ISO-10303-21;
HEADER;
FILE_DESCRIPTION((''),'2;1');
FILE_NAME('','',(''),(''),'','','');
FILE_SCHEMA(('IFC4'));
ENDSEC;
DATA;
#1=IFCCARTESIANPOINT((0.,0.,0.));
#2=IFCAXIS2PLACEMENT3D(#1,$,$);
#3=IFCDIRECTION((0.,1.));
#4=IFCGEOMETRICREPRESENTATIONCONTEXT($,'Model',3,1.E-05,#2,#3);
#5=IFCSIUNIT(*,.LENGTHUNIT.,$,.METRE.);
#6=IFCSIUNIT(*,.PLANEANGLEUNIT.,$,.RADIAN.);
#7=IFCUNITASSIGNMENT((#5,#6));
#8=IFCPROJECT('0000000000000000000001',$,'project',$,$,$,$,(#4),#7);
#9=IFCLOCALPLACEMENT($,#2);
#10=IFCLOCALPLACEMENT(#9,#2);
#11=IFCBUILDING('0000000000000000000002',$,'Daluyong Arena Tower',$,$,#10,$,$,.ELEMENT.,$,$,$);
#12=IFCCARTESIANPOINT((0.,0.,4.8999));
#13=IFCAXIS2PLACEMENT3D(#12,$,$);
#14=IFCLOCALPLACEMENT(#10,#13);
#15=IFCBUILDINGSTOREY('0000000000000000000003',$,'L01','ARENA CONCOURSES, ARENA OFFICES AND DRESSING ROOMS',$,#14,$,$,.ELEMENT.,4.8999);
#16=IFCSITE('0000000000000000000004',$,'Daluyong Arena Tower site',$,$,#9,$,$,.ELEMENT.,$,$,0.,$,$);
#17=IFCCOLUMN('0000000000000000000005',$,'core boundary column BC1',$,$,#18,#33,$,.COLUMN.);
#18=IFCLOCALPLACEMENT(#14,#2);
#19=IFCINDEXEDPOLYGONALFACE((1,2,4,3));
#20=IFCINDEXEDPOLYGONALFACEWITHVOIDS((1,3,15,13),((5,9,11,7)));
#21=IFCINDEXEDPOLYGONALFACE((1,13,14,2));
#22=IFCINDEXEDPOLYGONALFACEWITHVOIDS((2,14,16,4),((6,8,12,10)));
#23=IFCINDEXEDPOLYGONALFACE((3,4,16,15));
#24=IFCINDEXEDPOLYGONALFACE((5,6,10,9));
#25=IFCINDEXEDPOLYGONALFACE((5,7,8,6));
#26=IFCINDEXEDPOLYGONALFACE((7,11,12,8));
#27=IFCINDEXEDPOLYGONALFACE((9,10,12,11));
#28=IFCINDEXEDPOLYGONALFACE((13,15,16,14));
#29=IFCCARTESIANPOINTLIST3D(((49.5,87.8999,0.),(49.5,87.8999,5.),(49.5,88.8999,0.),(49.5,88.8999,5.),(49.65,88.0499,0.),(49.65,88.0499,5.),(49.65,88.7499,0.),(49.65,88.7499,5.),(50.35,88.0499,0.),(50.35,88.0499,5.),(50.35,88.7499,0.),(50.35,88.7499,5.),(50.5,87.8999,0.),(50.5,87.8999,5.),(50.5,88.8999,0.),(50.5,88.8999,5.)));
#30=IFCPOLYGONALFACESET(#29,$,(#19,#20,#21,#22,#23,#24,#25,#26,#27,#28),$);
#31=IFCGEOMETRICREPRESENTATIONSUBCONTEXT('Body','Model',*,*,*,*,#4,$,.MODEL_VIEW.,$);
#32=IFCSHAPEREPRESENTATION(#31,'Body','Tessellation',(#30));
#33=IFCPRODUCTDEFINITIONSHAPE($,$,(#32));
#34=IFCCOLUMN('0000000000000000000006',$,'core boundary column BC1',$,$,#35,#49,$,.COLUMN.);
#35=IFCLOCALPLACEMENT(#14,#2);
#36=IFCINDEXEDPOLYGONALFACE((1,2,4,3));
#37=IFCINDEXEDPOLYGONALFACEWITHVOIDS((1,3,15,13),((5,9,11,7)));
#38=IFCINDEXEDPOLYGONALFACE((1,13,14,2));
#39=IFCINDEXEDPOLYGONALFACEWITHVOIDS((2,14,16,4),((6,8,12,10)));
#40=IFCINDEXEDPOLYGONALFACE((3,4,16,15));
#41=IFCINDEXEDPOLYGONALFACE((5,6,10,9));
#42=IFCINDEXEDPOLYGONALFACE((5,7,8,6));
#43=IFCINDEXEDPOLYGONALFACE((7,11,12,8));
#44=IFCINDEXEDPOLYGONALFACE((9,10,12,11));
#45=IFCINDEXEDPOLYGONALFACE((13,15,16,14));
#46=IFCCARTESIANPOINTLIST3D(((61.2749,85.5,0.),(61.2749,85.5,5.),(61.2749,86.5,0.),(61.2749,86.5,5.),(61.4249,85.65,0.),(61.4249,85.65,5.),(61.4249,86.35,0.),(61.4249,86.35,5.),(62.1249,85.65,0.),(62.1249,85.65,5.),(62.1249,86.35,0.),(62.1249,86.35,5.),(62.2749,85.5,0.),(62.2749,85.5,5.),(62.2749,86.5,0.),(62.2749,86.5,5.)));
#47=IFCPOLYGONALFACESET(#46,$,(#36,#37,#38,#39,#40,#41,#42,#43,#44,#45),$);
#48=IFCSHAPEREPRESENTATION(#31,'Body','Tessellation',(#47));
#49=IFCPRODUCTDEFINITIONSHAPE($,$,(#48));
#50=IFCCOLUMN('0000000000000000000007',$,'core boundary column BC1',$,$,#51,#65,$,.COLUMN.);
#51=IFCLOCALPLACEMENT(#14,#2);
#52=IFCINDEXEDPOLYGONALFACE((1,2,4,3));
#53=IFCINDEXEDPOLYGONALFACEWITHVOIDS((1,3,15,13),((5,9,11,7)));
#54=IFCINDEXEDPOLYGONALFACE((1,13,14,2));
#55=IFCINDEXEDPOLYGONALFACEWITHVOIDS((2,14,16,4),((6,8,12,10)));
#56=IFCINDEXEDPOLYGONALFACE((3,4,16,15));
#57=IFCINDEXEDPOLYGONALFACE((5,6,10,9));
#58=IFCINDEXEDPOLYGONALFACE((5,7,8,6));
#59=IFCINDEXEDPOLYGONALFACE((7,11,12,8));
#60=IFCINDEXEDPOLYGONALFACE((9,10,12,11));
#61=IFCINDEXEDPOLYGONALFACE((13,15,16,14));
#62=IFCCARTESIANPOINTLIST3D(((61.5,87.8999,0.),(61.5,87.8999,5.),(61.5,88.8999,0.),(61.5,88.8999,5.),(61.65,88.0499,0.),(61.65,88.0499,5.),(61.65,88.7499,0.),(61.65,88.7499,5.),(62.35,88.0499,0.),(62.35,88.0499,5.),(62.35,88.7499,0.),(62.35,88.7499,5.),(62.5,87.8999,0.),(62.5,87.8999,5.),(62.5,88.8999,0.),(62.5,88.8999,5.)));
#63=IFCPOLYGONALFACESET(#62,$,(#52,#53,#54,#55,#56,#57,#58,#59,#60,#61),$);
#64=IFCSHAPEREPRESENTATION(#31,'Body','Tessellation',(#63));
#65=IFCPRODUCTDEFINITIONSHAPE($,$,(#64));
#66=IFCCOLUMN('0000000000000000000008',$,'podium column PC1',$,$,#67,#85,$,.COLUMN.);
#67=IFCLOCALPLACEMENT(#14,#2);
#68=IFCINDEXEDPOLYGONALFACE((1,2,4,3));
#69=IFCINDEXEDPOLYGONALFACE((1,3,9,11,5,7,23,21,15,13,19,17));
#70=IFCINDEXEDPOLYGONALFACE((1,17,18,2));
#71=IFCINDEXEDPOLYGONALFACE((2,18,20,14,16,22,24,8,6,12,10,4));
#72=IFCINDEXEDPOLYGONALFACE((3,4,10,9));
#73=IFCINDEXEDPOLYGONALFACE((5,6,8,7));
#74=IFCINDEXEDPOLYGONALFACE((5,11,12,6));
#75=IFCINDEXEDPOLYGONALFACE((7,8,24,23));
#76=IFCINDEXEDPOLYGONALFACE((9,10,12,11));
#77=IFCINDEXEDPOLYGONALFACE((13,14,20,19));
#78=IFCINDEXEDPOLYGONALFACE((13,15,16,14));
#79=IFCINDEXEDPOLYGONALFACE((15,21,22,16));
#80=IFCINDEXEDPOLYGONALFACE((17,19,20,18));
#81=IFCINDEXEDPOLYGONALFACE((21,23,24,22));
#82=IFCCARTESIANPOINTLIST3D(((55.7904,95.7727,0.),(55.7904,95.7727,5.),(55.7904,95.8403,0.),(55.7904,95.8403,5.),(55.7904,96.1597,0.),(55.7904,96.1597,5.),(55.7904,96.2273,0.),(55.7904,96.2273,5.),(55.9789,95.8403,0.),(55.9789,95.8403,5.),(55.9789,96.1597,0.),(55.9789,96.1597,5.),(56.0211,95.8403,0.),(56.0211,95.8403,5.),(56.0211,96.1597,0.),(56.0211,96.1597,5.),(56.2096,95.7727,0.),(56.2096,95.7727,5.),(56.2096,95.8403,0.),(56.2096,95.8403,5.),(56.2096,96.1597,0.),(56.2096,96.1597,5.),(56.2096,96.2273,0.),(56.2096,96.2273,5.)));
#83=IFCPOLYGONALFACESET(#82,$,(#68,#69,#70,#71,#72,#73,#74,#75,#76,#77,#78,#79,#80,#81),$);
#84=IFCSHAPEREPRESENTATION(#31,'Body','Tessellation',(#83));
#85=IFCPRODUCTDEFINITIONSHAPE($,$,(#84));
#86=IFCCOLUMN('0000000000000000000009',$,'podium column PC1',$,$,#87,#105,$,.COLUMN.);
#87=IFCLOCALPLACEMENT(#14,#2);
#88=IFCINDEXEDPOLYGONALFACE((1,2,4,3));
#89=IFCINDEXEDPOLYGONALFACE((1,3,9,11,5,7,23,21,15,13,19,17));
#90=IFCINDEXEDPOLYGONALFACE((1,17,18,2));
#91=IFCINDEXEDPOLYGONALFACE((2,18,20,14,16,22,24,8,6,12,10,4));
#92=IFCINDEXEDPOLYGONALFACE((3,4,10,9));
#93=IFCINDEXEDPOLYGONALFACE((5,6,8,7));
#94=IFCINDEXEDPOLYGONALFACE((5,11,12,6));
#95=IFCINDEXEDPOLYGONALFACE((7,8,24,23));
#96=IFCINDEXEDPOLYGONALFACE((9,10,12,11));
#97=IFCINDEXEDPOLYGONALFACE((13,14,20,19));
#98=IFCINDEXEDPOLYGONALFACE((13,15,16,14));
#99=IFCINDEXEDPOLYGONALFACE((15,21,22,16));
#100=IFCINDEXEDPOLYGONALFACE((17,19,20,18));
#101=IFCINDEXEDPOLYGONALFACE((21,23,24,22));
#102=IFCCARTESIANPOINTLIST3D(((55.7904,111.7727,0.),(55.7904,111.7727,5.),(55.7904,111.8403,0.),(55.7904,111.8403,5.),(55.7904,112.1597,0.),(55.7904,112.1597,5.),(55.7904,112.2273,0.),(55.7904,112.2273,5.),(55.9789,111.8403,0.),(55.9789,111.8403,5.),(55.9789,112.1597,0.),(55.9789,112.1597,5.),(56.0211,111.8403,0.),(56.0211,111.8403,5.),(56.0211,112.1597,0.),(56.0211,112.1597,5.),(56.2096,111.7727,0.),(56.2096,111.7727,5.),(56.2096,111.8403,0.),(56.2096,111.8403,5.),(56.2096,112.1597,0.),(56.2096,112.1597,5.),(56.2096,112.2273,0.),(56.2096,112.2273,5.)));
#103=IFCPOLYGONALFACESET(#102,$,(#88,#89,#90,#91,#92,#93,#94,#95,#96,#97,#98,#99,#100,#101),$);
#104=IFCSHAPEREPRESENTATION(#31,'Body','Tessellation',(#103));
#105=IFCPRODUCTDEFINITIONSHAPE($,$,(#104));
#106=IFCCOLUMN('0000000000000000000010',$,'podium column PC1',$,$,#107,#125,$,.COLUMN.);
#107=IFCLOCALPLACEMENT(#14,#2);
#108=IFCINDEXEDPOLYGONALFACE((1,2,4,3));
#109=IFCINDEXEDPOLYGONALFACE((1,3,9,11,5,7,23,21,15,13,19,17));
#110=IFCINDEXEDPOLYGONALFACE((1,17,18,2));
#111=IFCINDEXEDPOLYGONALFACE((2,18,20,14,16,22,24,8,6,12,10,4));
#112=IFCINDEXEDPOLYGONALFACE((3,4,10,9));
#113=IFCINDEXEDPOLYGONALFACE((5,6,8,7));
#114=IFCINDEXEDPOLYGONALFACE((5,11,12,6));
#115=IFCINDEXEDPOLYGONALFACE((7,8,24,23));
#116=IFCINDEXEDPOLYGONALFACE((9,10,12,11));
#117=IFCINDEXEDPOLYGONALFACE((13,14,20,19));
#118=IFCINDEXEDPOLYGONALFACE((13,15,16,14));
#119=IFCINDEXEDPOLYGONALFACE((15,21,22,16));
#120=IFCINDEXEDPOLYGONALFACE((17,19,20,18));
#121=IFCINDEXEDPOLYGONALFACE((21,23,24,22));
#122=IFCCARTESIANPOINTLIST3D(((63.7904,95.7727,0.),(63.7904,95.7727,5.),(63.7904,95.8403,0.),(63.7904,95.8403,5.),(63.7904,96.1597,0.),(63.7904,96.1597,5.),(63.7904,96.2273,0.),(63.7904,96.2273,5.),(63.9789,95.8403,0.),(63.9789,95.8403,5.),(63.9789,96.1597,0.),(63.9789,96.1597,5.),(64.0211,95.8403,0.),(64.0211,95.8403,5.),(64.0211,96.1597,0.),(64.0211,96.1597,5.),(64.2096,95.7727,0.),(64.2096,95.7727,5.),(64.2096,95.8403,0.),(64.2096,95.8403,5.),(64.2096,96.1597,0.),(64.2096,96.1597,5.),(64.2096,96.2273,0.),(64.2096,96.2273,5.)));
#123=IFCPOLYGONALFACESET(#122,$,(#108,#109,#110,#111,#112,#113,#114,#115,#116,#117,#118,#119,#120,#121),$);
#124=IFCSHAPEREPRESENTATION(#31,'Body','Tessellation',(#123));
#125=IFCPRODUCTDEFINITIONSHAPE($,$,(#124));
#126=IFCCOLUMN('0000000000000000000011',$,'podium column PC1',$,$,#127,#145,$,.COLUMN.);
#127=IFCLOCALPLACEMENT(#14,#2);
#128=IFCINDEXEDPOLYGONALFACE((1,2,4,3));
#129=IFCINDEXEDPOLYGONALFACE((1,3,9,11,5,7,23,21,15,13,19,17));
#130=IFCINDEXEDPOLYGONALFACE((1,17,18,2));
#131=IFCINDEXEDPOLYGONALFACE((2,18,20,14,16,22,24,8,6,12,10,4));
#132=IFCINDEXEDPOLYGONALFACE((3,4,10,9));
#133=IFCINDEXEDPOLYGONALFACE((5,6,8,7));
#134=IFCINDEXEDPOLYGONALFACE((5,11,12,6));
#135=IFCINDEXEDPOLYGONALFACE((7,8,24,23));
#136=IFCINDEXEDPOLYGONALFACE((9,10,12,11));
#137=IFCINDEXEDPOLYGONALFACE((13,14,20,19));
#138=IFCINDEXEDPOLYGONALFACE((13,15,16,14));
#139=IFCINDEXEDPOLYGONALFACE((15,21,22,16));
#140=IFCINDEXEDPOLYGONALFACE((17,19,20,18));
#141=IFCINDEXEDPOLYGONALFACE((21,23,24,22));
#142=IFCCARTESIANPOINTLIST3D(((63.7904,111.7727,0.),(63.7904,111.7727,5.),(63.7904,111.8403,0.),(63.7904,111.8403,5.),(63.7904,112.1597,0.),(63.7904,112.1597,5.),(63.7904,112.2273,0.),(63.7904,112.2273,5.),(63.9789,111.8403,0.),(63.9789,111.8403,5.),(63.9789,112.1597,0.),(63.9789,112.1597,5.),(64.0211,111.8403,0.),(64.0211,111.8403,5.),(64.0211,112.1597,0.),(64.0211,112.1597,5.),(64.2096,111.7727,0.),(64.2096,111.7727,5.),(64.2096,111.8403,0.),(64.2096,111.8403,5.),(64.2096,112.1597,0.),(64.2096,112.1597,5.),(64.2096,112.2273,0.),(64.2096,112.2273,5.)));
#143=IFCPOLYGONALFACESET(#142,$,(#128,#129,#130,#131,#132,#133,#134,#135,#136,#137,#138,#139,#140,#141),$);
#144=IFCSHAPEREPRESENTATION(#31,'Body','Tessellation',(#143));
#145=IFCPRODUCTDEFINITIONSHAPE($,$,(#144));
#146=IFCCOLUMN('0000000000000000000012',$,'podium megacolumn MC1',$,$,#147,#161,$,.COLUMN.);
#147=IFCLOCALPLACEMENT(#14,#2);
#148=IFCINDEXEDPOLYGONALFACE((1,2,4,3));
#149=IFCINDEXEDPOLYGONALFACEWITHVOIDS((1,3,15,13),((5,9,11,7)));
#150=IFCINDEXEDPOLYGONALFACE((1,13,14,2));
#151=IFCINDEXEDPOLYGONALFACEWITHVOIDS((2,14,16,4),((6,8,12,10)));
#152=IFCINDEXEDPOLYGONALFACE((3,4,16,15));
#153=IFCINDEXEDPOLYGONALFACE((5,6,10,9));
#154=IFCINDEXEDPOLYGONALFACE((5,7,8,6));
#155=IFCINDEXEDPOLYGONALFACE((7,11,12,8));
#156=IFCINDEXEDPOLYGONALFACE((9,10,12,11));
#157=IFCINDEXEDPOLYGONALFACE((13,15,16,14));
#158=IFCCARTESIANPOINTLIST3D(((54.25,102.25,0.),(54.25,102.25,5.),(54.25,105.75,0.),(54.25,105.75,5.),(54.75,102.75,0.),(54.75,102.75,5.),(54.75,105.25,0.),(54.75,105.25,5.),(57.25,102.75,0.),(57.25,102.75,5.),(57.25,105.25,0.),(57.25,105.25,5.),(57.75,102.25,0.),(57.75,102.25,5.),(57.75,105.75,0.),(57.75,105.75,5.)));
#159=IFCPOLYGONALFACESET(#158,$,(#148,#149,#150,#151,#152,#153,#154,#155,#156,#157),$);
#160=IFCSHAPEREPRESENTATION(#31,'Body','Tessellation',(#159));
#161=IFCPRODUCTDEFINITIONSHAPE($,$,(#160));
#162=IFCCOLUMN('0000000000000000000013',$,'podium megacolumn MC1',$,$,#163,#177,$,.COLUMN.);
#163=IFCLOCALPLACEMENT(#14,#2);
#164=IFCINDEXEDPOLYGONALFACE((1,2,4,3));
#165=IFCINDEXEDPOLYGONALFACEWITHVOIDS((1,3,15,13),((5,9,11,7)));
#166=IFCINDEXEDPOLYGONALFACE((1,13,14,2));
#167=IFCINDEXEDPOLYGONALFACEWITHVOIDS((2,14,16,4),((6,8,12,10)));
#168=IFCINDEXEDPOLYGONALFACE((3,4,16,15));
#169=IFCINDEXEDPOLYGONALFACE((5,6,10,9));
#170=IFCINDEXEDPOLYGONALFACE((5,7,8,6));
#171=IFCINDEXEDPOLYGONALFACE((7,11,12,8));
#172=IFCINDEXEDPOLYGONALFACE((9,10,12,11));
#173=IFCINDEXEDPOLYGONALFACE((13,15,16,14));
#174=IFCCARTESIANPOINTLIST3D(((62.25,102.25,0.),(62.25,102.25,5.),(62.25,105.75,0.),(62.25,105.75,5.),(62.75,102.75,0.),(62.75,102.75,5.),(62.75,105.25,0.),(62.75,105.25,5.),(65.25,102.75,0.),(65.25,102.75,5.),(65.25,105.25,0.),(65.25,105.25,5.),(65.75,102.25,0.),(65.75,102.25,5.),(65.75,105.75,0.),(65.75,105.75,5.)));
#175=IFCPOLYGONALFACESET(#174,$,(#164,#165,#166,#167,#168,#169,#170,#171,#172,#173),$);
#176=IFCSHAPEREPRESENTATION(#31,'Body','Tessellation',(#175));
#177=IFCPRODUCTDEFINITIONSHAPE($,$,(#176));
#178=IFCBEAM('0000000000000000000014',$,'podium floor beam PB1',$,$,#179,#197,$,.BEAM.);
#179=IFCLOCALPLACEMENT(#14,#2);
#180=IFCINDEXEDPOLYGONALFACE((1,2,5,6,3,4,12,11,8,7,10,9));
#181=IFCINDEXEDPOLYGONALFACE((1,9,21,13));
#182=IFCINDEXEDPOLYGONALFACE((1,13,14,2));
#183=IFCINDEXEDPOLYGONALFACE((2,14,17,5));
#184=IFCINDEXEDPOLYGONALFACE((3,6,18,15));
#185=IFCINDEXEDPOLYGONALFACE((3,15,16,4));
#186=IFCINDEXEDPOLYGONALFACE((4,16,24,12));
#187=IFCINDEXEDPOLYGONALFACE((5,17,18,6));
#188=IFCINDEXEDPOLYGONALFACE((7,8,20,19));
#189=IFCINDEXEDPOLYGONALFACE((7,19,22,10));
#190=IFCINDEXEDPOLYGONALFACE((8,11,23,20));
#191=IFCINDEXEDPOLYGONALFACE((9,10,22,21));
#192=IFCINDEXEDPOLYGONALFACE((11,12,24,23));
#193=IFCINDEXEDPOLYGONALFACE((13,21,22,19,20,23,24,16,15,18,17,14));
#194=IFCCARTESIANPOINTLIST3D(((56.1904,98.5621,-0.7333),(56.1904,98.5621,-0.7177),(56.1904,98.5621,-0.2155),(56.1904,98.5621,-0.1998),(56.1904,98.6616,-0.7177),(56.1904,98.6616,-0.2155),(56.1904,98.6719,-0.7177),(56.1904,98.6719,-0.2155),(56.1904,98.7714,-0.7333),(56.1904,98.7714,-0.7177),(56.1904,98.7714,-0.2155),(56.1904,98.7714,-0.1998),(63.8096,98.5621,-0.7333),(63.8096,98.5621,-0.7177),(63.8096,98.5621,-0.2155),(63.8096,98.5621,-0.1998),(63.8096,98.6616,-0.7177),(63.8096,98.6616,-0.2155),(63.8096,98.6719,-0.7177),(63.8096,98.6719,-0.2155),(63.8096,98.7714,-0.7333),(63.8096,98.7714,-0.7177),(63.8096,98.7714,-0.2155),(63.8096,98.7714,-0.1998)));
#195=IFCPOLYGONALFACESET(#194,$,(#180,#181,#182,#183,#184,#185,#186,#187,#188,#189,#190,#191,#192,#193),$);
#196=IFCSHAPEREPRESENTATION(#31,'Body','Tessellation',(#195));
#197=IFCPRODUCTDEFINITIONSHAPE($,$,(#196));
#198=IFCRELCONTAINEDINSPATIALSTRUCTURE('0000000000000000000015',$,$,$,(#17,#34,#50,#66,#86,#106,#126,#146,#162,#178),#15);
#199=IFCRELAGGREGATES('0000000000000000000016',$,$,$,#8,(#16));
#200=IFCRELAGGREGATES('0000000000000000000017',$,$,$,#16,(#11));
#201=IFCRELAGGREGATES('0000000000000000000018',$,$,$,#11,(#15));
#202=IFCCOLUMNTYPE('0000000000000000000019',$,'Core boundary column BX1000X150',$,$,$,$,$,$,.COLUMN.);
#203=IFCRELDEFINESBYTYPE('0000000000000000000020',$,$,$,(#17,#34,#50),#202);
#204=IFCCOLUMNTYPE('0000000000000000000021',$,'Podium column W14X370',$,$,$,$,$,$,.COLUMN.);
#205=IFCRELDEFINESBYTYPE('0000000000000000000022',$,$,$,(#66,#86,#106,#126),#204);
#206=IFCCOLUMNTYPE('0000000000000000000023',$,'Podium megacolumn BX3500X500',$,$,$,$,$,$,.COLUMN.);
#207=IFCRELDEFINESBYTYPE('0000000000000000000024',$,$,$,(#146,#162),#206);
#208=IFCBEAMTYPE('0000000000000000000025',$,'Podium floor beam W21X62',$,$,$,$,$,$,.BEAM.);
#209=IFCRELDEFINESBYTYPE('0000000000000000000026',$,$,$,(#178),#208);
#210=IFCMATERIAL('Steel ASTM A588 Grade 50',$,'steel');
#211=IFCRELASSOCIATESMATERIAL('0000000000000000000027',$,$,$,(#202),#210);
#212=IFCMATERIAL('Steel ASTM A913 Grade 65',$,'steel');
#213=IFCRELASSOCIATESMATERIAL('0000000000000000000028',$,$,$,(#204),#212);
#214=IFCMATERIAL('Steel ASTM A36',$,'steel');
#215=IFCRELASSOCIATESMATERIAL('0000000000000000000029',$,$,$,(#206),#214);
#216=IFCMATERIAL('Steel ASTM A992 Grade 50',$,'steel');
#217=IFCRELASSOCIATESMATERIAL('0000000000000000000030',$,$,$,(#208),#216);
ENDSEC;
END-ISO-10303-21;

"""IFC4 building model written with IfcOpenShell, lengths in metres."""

from ifc_helpers import new_model, si_unit, direction, frame, origin, origin_2d, place, context, subcontext, project, spatial, hollow_rectangle, i_section, extrude, material, material_profile, profile_set, type_object, element, save


model = new_model("IFC4")

# Units and contexts
model_context = context("Model", 3, precision=1e-05, world=origin(), true_north=direction((0.0, 1.0)))
body_context = subcontext(model_context, "Body", "Model", "MODEL_VIEW")
ifc_project = project(units=[si_unit("LENGTHUNIT", "METRE"), si_unit("PLANEANGLEUNIT", "RADIAN")], contexts=[model_context])

# Site, building, storey
site_placement = place(None, origin())
site = spatial("IfcSite", under=ifc_project, at=site_placement, Name="Daluyong Arena Tower site", CompositionType="ELEMENT", RefElevation=0.0)
building_placement = place(site_placement, origin())
building = spatial("IfcBuilding", under=site, at=building_placement, Name="Daluyong Arena Tower", CompositionType="ELEMENT")
storey_placement = place(building_placement, frame((0.0, 0.0, 4.8999)))
storey = spatial("IfcBuildingStorey", under=building, at=storey_placement, Name="L01", Description="ARENA CONCOURSES, ARENA OFFICES AND DRESSING ROOMS", CompositionType="ELEMENT", Elevation=4.8999)

# Columns
ifc_material_1 = material(Name="Steel ASTM A588 Grade 50", Category="steel")
ifc_material_profile_1 = material_profile(ifc_material_1, hollow_rectangle(XDim=1.0, YDim=1.0, WallThickness=0.15, at=origin_2d()))
ifc_profile_set_1 = profile_set([ifc_material_profile_1], Name="Steel ASTM A588 Grade 50")
column_type_1 = type_object("IfcColumnType", Name="Core boundary column BX1000X150", PredefinedType="COLUMN", material=ifc_profile_set_1)
for number, where, z_axis, x_axis, name in (
    (1, (50.0, 88.3999, 0.0), (0.0, 0.0, 1.0), (1.0, 0.0, 0.0), "core boundary column BC1"),
    (2, (61.7749, 86.0, 0.0), (0.0, 0.0, 1.0), (1.0, 0.0, 0.0), "core boundary column BC1"),
    (3, (62.0, 88.3999, 0.0), (0.0, 0.0, 1.0), (1.0, 0.0, 0.0), "core boundary column BC1"),
):
    element("IfcColumn", number, at=place(storey_placement, frame(where, z_axis=z_axis, x_axis=x_axis)), inside=storey, type_object=column_type_1, Name=name, PredefinedType="COLUMN", context=body_context, shape_type="SweptSolid", body=[
        extrude(hollow_rectangle(XDim=1.0, YDim=1.0, WallThickness=0.15, at=origin_2d()), origin(), (0.0, 0.0, 1.0), 5.0),
    ])
ifc_material_2 = material(Name="Steel ASTM A913 Grade 65", Category="steel")
ifc_material_profile_2 = material_profile(ifc_material_2, i_section(OverallWidth=0.4192, OverallDepth=0.4546, WebThickness=0.0422, FlangeThickness=0.0676, at=origin_2d()))
ifc_profile_set_2 = profile_set([ifc_material_profile_2], Name="Steel ASTM A913 Grade 65")
column_type_2 = type_object("IfcColumnType", Name="Podium column W14X370", PredefinedType="COLUMN", material=ifc_profile_set_2)
for number, where, z_axis, x_axis, name in (
    (4, (56.0, 96.0, 0.0), (0.0, 0.0, 1.0), (1.0, 0.0, 0.0), "podium column PC1"),
    (5, (56.0, 112.0, 0.0), (0.0, 0.0, 1.0), (1.0, 0.0, 0.0), "podium column PC1"),
    (6, (64.0, 96.0, 0.0), (0.0, 0.0, 1.0), (1.0, 0.0, 0.0), "podium column PC1"),
    (7, (64.0, 112.0, 0.0), (0.0, 0.0, 1.0), (1.0, 0.0, 0.0), "podium column PC1"),
):
    element("IfcColumn", number, at=place(storey_placement, frame(where, z_axis=z_axis, x_axis=x_axis)), inside=storey, type_object=column_type_2, Name=name, PredefinedType="COLUMN", context=body_context, shape_type="SweptSolid", body=[
        extrude(i_section(OverallWidth=0.4192, OverallDepth=0.4546, WebThickness=0.0422, FlangeThickness=0.0676, at=origin_2d()), origin(), (0.0, 0.0, 1.0), 5.0),
    ])
ifc_material_3 = material(Name="Steel ASTM A36", Category="steel")
ifc_material_profile_3 = material_profile(ifc_material_3, hollow_rectangle(XDim=3.5, YDim=3.5, WallThickness=0.5, at=origin_2d()))
ifc_profile_set_3 = profile_set([ifc_material_profile_3], Name="Steel ASTM A36")
column_type_3 = type_object("IfcColumnType", Name="Podium megacolumn BX3500X500", PredefinedType="COLUMN", material=ifc_profile_set_3)
for number, where, z_axis, x_axis, name in (
    (8, (56.0, 104.0, 0.0), (0.0, 0.0, 1.0), (1.0, 0.0, 0.0), "podium megacolumn MC1"),
    (9, (64.0, 104.0, 0.0), (0.0, 0.0, 1.0), (1.0, 0.0, 0.0), "podium megacolumn MC1"),
):
    element("IfcColumn", number, at=place(storey_placement, frame(where, z_axis=z_axis, x_axis=x_axis)), inside=storey, type_object=column_type_3, Name=name, PredefinedType="COLUMN", context=body_context, shape_type="SweptSolid", body=[
        extrude(hollow_rectangle(XDim=3.5, YDim=3.5, WallThickness=0.5, at=origin_2d()), origin(), (0.0, 0.0, 1.0), 5.0),
    ])

# Beam
ifc_material_4 = material(Name="Steel ASTM A992 Grade 50", Category="steel")
ifc_material_profile_4 = material_profile(ifc_material_4, i_section(OverallWidth=0.2092, OverallDepth=0.5334, WebThickness=0.0103, FlangeThickness=0.0156, at=origin_2d()))
ifc_profile_set_4 = profile_set([ifc_material_profile_4], Name="Steel ASTM A992 Grade 50")
beam_type_1 = type_object("IfcBeamType", Name="Podium floor beam W21X62", PredefinedType="BEAM", material=ifc_profile_set_4)
for number, where, z_axis, x_axis, name in (
    (10, (56.1904, 98.6667, -0.4666), (1.0, 0.0, 0.0), (0.0, 1.0, 0.0), "podium floor beam PB1"),
):
    element("IfcBeam", number, at=place(storey_placement, frame(where, z_axis=z_axis, x_axis=x_axis)), inside=storey, type_object=beam_type_1, Name=name, PredefinedType="BEAM", context=body_context, shape_type="SweptSolid", body=[
        extrude(i_section(OverallWidth=0.2092, OverallDepth=0.5334, WebThickness=0.0103, FlangeThickness=0.0156, at=origin_2d()), origin(), (0.0, 0.0, 1.0), 7.6191),
    ])

save(model, "model.ifc")
